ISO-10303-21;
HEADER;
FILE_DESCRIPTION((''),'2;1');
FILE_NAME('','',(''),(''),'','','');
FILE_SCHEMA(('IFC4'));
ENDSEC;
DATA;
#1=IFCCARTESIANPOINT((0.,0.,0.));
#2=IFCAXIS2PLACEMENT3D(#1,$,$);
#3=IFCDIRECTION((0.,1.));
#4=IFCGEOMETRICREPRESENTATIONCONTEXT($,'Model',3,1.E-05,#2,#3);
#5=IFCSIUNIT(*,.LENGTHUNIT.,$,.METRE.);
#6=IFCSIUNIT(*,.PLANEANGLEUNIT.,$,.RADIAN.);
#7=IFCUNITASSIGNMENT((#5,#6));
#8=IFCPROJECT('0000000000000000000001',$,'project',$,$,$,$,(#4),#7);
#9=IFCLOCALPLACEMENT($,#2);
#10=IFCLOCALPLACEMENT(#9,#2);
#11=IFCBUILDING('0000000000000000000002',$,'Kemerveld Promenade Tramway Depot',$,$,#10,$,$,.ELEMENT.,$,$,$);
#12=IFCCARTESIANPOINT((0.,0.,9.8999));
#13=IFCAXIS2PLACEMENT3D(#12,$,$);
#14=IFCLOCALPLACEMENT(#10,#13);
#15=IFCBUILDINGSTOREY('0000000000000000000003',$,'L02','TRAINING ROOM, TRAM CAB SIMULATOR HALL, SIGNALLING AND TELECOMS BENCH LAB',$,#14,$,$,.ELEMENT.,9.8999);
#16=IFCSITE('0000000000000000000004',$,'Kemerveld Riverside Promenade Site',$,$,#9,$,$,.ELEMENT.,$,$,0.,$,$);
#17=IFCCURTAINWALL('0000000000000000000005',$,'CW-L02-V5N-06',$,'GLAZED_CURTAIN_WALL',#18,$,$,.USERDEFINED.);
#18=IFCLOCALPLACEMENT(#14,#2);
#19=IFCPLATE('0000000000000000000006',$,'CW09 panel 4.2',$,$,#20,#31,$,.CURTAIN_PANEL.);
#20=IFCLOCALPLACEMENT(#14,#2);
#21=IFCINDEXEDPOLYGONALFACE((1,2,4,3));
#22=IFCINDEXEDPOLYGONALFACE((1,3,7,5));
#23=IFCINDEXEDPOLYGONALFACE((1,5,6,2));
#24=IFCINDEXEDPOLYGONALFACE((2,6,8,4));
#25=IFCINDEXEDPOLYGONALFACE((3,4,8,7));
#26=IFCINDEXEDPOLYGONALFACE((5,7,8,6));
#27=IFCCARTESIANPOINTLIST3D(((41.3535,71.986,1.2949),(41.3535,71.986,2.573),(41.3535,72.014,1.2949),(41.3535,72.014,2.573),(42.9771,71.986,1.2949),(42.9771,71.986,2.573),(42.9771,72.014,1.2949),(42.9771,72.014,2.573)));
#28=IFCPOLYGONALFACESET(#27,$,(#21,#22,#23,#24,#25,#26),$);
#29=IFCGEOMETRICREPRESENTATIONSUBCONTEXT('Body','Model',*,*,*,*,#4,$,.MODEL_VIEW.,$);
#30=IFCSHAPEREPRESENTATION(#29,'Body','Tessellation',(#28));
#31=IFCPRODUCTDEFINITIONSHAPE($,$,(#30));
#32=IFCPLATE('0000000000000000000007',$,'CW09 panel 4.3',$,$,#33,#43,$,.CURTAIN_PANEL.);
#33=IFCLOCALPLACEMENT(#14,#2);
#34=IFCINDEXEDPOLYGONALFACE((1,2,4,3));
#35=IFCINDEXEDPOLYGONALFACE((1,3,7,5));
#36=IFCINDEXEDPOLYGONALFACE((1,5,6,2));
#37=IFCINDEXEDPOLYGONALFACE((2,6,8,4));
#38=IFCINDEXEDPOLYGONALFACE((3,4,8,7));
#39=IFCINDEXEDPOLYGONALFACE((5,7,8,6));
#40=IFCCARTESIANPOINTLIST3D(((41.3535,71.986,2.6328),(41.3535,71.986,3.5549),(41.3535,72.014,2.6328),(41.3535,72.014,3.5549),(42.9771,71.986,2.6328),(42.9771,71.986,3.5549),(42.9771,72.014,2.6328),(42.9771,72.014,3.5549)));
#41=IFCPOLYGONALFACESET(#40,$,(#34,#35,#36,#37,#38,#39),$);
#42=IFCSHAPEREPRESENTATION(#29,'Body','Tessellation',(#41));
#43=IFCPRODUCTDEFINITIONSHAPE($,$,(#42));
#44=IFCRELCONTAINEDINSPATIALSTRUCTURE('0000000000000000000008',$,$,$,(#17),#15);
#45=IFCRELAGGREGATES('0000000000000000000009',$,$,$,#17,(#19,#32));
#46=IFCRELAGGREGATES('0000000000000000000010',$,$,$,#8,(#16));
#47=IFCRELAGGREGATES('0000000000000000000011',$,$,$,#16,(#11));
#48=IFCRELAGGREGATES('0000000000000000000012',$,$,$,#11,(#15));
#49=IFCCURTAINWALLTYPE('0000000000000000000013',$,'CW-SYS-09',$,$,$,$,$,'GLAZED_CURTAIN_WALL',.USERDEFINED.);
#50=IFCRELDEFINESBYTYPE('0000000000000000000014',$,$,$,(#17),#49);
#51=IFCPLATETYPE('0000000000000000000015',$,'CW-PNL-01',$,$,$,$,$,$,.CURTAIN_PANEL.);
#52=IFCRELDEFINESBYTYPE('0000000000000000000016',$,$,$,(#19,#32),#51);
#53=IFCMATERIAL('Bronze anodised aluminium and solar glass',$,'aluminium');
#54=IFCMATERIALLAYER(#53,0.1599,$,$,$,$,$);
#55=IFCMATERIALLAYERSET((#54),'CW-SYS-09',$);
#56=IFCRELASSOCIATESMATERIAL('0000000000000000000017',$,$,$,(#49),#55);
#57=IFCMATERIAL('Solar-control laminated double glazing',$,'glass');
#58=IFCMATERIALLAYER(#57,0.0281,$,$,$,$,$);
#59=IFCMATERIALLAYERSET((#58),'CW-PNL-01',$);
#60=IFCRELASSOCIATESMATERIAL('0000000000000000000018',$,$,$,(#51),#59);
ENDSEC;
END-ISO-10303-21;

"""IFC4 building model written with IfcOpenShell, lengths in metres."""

from ifc_helpers import new_model, si_unit, direction, frame, origin, origin_2d, place, context, subcontext, project, spatial, rectangle, extrude, material, layer, layer_set, type_object, element, aggregate, save


model = new_model("IFC4")

# Units and contexts
model_context = context("Model", 3, precision=1e-05, world=origin(), true_north=direction((0.0, 1.0)))
body_context = subcontext(model_context, "Body", "Model", "MODEL_VIEW")
ifc_project = project(units=[si_unit("LENGTHUNIT", "METRE"), si_unit("PLANEANGLEUNIT", "RADIAN")], contexts=[model_context])

# Site, building, storey
site_placement = place(None, origin())
site = spatial("IfcSite", under=ifc_project, at=site_placement, Name="Kemerveld Riverside Promenade Site", CompositionType="ELEMENT", RefElevation=0.0)
building_placement = place(site_placement, origin())
building = spatial("IfcBuilding", under=site, at=building_placement, Name="Kemerveld Promenade Tramway Depot", CompositionType="ELEMENT")
storey_placement = place(building_placement, frame((0.0, 0.0, 9.8999)))
storey = spatial("IfcBuildingStorey", under=building, at=storey_placement, Name="L02", Description="TRAINING ROOM, TRAM CAB SIMULATOR HALL, SIGNALLING AND TELECOMS BENCH LAB", CompositionType="ELEMENT", Elevation=9.8999)

# Curtain wall, plates
ifc_material_1 = material(Name="Bronze anodised aluminium and solar glass", Category="aluminium")
ifc_layer_1 = layer(ifc_material_1, 0.1599)
ifc_layer_set_1 = layer_set([ifc_layer_1], Name="CW-SYS-09")
curtain_wall_type = type_object("IfcCurtainWallType", Name="CW-SYS-09", ElementType="GLAZED_CURTAIN_WALL", PredefinedType="USERDEFINED", material=ifc_layer_set_1)
curtain_wall_placement = place(storey_placement, origin())
curtain_wall = element("IfcCurtainWall", 1, at=curtain_wall_placement, inside=storey, type_object=curtain_wall_type, Name="CW-L02-V5N-06", ObjectType="GLAZED_CURTAIN_WALL", PredefinedType="USERDEFINED")
ifc_material_2 = material(Name="Solar-control laminated double glazing", Category="glass")
ifc_layer_2 = layer(ifc_material_2, 0.0281)
ifc_layer_set_2 = layer_set([ifc_layer_2], Name="CW-PNL-01")
plate_type = type_object("IfcPlateType", Name="CW-PNL-01", PredefinedType="CURTAIN_PANEL", material=ifc_layer_set_2)
plate_1_placement = place(storey_placement, frame((42.1653, 72.0, 1.2949), z_axis=(0.0, 0.0, 1.0), x_axis=(1.0, 0.0, 0.0)))
plate_1 = element("IfcPlate", 2, at=plate_1_placement, type_object=plate_type, Name="CW09 panel 4.2", PredefinedType="CURTAIN_PANEL", context=body_context, shape_type="SweptSolid", body=[
    extrude(rectangle(XDim=1.6235, YDim=0.0281, at=origin_2d()), origin(), (0.0, 0.0, 1.0), 1.2781),
])
plate_2_placement = place(storey_placement, frame((42.1653, 72.0, 2.6328), z_axis=(0.0, 0.0, 1.0), x_axis=(1.0, 0.0, 0.0)))
plate_2 = element("IfcPlate", 3, at=plate_2_placement, type_object=plate_type, Name="CW09 panel 4.3", PredefinedType="CURTAIN_PANEL", context=body_context, shape_type="SweptSolid", body=[
    extrude(rectangle(XDim=1.6235, YDim=0.0281, at=origin_2d()), origin(), (0.0, 0.0, 1.0), 0.9221),
])
aggregate(curtain_wall, [plate_1, plate_2])

save(model, "model.ifc")
